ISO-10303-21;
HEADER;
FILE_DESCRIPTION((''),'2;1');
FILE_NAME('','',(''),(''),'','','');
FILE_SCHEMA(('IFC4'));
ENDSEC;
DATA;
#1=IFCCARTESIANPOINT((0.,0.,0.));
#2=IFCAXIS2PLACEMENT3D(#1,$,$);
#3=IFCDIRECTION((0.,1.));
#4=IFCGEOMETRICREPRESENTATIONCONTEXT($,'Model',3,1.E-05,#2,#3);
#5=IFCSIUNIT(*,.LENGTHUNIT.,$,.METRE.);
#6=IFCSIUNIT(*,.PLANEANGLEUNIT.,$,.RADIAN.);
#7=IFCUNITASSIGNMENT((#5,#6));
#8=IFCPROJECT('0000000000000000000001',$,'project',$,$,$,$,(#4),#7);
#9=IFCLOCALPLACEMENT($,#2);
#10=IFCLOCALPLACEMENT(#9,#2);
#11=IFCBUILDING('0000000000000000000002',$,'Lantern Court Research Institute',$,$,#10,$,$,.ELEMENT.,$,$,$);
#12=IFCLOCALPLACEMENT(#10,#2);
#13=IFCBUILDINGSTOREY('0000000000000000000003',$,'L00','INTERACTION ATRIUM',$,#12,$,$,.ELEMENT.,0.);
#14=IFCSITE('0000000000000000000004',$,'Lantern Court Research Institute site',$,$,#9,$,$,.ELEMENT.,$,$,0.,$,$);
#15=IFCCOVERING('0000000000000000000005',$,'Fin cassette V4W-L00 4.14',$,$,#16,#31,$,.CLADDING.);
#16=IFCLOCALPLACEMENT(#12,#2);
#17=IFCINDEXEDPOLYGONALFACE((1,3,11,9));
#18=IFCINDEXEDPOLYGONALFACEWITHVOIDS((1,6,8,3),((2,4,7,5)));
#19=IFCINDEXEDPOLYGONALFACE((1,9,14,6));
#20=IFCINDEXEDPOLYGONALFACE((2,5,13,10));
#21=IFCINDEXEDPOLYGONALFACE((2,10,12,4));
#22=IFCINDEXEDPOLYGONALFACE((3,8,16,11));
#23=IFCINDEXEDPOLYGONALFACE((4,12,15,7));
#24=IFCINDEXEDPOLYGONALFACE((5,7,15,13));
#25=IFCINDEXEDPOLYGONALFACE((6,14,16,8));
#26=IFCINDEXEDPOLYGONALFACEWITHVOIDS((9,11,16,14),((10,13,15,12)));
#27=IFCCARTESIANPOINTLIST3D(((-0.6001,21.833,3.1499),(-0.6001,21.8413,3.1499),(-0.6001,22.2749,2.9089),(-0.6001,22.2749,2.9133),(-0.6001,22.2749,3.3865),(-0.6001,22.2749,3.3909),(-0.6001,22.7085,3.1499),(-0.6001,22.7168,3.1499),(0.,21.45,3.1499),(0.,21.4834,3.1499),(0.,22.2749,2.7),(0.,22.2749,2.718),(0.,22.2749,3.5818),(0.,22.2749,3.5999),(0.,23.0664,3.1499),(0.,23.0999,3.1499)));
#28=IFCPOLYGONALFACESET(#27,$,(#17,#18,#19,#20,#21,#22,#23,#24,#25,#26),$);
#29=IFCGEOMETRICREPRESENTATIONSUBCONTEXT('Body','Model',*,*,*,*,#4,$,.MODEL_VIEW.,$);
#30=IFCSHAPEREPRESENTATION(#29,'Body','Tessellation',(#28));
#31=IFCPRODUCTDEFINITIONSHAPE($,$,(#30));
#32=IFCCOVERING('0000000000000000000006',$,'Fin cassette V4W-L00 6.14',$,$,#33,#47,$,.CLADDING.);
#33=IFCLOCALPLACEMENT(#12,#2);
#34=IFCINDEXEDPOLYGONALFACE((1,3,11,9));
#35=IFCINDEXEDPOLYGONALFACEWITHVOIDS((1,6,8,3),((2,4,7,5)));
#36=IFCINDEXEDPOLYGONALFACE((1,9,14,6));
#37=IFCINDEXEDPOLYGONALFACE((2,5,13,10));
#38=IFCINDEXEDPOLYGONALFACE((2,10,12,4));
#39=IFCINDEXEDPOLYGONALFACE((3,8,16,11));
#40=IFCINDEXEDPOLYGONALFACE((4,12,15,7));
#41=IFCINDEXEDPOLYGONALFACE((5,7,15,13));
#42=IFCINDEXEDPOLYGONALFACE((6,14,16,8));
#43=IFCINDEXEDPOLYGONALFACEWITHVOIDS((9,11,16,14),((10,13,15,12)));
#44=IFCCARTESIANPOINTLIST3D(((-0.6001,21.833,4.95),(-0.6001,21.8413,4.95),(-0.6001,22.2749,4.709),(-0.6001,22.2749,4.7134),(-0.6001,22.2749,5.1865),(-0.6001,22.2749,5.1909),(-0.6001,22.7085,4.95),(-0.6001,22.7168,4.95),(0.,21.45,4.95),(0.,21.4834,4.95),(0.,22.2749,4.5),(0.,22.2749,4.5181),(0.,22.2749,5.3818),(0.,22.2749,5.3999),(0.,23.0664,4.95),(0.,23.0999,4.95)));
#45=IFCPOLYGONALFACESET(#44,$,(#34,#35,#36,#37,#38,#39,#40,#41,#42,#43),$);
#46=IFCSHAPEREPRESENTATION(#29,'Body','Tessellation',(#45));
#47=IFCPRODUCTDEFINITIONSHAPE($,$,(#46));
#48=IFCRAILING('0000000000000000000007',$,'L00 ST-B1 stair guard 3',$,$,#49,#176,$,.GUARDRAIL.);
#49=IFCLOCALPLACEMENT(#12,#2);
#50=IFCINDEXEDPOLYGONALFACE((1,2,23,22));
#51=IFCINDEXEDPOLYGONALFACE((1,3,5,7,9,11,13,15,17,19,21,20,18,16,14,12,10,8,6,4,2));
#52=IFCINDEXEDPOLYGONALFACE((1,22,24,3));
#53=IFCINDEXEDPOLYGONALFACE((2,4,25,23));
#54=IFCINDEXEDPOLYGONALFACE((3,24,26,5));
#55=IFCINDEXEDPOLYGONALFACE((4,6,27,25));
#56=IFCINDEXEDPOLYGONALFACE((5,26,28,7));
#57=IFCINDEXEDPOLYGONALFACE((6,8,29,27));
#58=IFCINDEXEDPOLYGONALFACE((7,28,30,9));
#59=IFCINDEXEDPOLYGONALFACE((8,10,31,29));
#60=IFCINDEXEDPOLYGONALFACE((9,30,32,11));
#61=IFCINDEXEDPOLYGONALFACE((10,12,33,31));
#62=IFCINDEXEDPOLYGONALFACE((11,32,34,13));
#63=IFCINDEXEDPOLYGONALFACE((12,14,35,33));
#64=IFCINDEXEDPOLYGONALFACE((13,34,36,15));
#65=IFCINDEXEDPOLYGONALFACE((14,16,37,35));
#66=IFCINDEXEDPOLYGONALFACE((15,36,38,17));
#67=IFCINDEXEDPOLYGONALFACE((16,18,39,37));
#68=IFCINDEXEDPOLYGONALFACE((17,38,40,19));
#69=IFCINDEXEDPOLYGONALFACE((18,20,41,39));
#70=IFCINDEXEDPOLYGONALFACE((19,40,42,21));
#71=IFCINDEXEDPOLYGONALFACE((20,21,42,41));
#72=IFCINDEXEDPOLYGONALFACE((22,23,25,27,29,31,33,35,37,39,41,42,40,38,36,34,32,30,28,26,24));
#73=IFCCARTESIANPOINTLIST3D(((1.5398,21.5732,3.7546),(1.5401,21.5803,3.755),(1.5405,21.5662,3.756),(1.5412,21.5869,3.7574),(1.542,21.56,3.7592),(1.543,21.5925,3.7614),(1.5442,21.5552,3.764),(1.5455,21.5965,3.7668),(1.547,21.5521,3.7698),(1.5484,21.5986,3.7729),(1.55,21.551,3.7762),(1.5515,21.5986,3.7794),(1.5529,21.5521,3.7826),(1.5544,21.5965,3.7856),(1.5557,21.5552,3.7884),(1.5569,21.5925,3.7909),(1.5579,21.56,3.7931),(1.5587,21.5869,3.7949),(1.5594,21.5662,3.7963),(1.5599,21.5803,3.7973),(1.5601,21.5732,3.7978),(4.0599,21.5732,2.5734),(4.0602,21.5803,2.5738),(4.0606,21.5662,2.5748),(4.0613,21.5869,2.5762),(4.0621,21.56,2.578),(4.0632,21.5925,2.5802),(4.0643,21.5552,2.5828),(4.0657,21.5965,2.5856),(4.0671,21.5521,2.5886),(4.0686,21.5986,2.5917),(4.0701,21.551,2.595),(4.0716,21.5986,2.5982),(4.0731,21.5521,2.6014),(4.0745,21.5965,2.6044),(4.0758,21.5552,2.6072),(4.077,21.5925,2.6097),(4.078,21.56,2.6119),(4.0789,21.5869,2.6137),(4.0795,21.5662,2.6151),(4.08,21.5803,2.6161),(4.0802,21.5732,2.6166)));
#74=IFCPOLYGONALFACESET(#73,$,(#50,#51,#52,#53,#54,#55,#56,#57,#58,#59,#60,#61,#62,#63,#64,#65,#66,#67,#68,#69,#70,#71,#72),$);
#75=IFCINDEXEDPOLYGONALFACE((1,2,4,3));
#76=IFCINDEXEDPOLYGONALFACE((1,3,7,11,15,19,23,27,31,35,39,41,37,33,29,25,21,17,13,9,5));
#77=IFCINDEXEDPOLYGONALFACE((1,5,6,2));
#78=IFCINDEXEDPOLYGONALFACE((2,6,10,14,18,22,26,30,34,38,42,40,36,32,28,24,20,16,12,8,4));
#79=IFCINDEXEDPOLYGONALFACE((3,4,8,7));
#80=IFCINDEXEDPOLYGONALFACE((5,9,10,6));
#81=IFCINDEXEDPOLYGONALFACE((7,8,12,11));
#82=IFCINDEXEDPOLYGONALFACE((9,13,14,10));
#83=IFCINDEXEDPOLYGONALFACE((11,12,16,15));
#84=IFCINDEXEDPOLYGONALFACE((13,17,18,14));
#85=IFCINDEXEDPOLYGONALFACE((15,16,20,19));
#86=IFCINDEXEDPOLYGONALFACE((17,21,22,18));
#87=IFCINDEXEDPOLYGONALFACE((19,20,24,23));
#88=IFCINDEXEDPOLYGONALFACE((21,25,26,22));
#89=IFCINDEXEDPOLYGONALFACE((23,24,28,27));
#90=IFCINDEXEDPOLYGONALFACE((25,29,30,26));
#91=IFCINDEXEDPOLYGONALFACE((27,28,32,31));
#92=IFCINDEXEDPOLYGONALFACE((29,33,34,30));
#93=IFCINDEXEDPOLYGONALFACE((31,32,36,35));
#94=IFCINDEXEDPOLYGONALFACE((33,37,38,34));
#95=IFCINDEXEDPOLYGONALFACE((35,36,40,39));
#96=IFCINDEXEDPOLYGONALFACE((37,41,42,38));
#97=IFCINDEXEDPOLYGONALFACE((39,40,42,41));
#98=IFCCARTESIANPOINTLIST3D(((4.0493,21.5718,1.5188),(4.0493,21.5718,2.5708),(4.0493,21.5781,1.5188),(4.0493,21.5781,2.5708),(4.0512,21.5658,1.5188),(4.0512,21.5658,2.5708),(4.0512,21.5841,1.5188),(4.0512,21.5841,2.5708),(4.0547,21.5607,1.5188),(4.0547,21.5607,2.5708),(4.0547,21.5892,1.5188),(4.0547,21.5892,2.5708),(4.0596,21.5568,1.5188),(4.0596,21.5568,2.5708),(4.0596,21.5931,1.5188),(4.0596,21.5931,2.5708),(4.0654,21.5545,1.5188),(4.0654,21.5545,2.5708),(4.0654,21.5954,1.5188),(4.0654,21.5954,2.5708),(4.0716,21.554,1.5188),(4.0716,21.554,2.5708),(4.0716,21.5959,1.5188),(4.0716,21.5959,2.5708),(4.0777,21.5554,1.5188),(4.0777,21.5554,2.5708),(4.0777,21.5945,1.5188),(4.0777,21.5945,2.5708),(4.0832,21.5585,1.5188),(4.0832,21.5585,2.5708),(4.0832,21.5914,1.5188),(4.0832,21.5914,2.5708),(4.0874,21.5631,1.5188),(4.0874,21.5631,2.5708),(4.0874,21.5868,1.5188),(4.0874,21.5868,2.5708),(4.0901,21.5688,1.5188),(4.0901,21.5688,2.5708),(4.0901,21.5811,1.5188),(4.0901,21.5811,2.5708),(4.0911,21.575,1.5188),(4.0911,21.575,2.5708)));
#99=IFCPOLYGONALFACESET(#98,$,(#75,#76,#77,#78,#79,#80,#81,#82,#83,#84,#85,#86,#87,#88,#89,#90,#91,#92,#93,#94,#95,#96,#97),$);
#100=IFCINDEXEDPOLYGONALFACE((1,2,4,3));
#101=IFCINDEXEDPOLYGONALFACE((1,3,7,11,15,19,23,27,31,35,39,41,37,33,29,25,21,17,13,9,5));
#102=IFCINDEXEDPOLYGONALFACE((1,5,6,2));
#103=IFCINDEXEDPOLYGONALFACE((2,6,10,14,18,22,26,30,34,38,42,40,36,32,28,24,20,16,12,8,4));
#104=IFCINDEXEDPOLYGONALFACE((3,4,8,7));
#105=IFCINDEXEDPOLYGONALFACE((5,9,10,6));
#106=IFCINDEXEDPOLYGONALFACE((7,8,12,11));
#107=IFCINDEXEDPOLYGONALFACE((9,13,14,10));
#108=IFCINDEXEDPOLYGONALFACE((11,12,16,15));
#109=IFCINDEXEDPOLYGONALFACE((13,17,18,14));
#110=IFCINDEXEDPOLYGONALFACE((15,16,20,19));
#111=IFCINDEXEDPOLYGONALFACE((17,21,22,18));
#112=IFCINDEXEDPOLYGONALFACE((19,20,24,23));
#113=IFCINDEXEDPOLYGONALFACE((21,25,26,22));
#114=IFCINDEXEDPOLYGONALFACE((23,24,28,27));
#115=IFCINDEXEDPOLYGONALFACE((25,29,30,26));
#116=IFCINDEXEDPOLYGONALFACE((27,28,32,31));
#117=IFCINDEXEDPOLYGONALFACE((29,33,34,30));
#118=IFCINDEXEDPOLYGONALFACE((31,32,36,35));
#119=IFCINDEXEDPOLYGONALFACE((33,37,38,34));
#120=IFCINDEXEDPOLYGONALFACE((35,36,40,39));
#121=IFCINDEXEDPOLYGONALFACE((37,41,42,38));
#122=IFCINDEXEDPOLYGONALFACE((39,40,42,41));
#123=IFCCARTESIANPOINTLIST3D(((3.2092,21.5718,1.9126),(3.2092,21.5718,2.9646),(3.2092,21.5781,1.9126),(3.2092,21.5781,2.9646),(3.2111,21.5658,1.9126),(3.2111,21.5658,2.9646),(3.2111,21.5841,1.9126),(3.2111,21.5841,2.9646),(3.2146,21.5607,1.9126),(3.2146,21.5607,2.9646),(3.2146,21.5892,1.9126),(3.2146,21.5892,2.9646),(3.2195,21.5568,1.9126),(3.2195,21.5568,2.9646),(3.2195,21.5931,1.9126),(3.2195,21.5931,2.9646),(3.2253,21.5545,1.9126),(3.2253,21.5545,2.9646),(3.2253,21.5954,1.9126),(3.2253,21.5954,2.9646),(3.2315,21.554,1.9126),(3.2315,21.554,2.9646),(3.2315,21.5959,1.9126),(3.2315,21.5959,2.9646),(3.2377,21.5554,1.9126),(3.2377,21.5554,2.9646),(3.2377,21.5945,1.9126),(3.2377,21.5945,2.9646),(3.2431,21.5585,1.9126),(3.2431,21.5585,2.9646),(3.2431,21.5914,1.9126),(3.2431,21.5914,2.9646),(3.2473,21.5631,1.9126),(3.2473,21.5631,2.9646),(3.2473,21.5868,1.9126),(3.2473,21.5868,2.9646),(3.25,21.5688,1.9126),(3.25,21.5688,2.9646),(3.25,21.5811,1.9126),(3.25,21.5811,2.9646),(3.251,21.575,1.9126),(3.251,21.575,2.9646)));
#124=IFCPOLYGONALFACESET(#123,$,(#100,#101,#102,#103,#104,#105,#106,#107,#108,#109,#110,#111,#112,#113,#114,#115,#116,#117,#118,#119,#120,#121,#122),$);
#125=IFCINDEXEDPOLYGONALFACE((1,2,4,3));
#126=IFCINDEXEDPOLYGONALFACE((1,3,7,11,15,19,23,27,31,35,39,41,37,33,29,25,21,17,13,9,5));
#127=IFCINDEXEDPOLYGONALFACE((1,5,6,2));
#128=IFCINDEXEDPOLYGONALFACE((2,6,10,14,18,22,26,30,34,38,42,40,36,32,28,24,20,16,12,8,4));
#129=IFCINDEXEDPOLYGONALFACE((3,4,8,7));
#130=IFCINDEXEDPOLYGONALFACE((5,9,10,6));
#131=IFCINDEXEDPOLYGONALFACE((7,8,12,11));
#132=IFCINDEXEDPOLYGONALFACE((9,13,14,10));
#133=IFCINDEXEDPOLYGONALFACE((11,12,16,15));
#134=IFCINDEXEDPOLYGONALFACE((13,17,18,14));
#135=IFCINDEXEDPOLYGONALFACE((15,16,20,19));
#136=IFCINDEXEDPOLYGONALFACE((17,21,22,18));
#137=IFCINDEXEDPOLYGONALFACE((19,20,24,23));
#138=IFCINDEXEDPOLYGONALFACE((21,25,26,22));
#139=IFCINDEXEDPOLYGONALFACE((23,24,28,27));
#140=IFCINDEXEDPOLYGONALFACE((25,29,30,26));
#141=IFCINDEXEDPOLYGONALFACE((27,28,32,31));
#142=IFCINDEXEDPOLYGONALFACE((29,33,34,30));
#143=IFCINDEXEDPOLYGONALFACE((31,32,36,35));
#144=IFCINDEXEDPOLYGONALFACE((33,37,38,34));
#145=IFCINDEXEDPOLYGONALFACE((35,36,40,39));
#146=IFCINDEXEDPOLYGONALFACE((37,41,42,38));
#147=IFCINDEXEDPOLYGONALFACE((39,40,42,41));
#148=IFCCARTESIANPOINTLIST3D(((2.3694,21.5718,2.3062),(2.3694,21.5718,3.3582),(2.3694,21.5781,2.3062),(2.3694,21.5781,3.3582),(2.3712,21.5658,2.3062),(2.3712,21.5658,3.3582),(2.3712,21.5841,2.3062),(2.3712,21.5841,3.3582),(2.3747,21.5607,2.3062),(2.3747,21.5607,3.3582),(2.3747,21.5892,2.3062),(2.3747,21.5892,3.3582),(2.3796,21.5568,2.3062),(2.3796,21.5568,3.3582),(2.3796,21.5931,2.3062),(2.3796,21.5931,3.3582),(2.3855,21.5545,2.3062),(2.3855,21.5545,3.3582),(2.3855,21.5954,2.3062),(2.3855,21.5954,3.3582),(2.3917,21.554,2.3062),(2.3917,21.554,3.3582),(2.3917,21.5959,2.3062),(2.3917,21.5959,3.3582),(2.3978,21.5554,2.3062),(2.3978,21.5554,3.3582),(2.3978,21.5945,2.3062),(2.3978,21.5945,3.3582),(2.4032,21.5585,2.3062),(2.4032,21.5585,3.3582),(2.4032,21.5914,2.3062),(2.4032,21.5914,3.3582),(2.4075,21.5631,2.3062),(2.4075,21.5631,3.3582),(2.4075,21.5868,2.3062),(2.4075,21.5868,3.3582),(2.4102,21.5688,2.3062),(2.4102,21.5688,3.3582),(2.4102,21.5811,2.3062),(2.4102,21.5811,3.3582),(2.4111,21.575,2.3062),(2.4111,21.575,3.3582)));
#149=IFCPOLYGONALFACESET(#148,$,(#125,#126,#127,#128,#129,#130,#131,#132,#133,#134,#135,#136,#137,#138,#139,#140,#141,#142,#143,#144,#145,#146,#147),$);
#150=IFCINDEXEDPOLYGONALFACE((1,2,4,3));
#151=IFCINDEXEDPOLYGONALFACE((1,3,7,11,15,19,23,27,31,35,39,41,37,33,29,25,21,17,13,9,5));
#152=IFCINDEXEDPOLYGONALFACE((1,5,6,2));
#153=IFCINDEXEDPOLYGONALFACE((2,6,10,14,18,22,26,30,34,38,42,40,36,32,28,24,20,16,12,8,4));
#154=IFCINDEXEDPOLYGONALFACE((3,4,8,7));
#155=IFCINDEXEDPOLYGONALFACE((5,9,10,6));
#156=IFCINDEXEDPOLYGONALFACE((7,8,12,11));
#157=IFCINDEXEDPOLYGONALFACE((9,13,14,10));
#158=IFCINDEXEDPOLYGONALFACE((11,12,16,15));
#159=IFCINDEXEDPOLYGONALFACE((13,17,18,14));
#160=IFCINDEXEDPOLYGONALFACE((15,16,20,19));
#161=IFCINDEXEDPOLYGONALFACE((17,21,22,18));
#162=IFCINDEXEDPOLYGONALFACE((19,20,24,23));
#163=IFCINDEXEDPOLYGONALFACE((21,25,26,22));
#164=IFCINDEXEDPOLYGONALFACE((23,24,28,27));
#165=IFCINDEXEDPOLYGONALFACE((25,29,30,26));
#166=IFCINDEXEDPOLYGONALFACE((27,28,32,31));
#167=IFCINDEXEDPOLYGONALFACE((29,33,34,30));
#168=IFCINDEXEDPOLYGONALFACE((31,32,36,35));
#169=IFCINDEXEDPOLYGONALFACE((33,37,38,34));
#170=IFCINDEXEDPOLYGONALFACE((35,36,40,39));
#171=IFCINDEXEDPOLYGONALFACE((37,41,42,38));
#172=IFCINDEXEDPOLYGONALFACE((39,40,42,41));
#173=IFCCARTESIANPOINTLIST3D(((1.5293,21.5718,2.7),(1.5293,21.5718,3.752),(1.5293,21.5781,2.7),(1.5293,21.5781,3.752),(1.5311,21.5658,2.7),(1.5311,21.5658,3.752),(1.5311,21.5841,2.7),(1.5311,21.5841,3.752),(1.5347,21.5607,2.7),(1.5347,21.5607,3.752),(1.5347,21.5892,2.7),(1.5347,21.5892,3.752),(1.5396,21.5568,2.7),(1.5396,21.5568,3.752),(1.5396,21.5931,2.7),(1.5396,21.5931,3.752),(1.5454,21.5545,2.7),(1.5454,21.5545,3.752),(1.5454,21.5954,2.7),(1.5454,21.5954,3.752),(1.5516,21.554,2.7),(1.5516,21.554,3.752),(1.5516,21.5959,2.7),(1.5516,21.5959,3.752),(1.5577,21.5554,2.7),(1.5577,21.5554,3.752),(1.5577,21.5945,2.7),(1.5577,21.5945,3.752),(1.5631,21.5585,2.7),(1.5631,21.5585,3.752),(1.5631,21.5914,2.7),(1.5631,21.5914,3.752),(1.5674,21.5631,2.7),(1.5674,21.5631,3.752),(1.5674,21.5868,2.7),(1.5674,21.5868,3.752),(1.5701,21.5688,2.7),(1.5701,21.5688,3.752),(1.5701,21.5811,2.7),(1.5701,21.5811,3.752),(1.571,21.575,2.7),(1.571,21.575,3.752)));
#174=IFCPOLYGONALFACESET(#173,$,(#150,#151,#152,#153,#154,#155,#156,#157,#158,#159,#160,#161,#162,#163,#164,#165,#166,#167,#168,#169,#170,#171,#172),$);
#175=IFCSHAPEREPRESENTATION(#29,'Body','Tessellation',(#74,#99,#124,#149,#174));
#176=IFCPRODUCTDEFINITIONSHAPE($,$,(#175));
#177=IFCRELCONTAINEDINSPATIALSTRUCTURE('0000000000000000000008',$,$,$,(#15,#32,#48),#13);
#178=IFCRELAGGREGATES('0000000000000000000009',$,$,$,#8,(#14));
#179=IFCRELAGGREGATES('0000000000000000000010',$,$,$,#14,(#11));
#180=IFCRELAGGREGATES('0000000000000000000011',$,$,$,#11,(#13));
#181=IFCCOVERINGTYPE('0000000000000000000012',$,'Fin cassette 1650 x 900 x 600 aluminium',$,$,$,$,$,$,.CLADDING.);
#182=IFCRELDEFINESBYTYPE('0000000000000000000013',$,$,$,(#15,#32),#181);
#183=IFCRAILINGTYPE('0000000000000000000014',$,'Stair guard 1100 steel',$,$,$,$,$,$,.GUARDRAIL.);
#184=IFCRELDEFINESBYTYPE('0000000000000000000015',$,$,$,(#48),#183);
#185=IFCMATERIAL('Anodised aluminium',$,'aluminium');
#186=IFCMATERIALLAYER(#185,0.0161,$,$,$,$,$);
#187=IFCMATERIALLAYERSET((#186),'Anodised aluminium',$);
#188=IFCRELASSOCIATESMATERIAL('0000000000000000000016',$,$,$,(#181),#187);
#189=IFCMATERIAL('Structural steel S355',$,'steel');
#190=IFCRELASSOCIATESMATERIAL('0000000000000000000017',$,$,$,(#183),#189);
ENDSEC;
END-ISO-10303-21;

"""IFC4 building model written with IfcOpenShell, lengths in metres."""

from ifc_helpers import new_model, entity, si_unit, direction, frame, origin, origin_2d, place, context, subcontext, project, spatial, circle, extrude, material, layer, layer_set, type_object, element, save


model = new_model("IFC4")

# Units and contexts
model_context = context("Model", 3, precision=1e-05, world=origin(), true_north=direction((0.0, 1.0)))
body_context = subcontext(model_context, "Body", "Model", "MODEL_VIEW")
ifc_project = project(units=[si_unit("LENGTHUNIT", "METRE"), si_unit("PLANEANGLEUNIT", "RADIAN")], contexts=[model_context])

# Site, building, storey
site_placement = place(None, origin())
site = spatial("IfcSite", under=ifc_project, at=site_placement, Name="Lantern Court Research Institute site", CompositionType="ELEMENT", RefElevation=0.0)
building_placement = place(site_placement, origin())
building = spatial("IfcBuilding", under=site, at=building_placement, Name="Lantern Court Research Institute", CompositionType="ELEMENT")
storey_placement = place(building_placement, origin())
storey = spatial("IfcBuildingStorey", under=building, at=storey_placement, Name="L00", Description="INTERACTION ATRIUM", CompositionType="ELEMENT", Elevation=0.0)

# Coverings
ifc_material_1 = material(Name="Anodised aluminium", Category="aluminium")
ifc_layer_1 = layer(ifc_material_1, 0.0161)
ifc_layer_set_1 = layer_set([ifc_layer_1], Name="Anodised aluminium")
covering_type = type_object("IfcCoveringType", Name="Fin cassette 1650 x 900 x 600 aluminium", PredefinedType="CLADDING", material=ifc_layer_set_1)
covering_1_placement = place(storey_placement, frame((0.0, 22.2749, 3.1499), z_axis=(-1.0, 0.0, 0.0), x_axis=(0.0, -1.0, 0.0)))
cartesian_point_1 = entity("IfcCartesianPoint", [0.825, 0.0])
cartesian_point_2 = entity("IfcCartesianPoint", [0.7915, 0.0])
cartesian_point_3 = entity("IfcCartesianPoint", [0.4419, 0.0])
cartesian_point_4 = entity("IfcCartesianPoint", [0.4336, 0.0])
element("IfcCovering", 1, at=covering_1_placement, inside=storey, type_object=covering_type, Name="Fin cassette V4W-L00 4.14", PredefinedType="CLADDING", context=body_context, shape_type="SweptSolid", body=[
    entity("IfcExtrudedAreaSolidTapered", entity("IfcArbitraryProfileDefWithVoids", "AREA", None, entity("IfcPolyline", [cartesian_point_1, entity("IfcCartesianPoint", [0.0, 0.45]), entity("IfcCartesianPoint", [-0.825, 0.0]), entity("IfcCartesianPoint", [0.0, -0.45]), cartesian_point_1]), [entity("IfcPolyline", [cartesian_point_2, entity("IfcCartesianPoint", [0.0, 0.4319]), entity("IfcCartesianPoint", [-0.7915, 0.0]), entity("IfcCartesianPoint", [0.0, -0.4319]), cartesian_point_2])]), entity("IfcAxis2Placement3D", entity("IfcCartesianPoint", [0.0, 0.0, 0.0])), entity("IfcDirection", [0.0, 0.0, 1.0]), 0.6001, entity("IfcArbitraryProfileDefWithVoids", "AREA", None, entity("IfcPolyline", [cartesian_point_3, entity("IfcCartesianPoint", [0.0, 0.241]), entity("IfcCartesianPoint", [-0.4419, 0.0]), entity("IfcCartesianPoint", [0.0, -0.241]), cartesian_point_3]), [entity("IfcPolyline", [cartesian_point_4, entity("IfcCartesianPoint", [0.0, 0.2366]), entity("IfcCartesianPoint", [-0.4336, 0.0]), entity("IfcCartesianPoint", [0.0, -0.2366]), cartesian_point_4])])),
])
covering_2_placement = place(storey_placement, frame((0.0, 22.2749, 4.95), z_axis=(-1.0, 0.0, 0.0), x_axis=(0.0, -1.0, 0.0)))
cartesian_point_5 = entity("IfcCartesianPoint", [0.825, 0.0])
cartesian_point_6 = entity("IfcCartesianPoint", [0.7915, 0.0])
cartesian_point_7 = entity("IfcCartesianPoint", [0.4419, 0.0])
cartesian_point_8 = entity("IfcCartesianPoint", [0.4336, 0.0])
element("IfcCovering", 2, at=covering_2_placement, inside=storey, type_object=covering_type, Name="Fin cassette V4W-L00 6.14", PredefinedType="CLADDING", context=body_context, shape_type="SweptSolid", body=[
    entity("IfcExtrudedAreaSolidTapered", entity("IfcArbitraryProfileDefWithVoids", "AREA", None, entity("IfcPolyline", [cartesian_point_5, entity("IfcCartesianPoint", [0.0, 0.45]), entity("IfcCartesianPoint", [-0.825, 0.0]), entity("IfcCartesianPoint", [0.0, -0.45]), cartesian_point_5]), [entity("IfcPolyline", [cartesian_point_6, entity("IfcCartesianPoint", [0.0, 0.4319]), entity("IfcCartesianPoint", [-0.7915, 0.0]), entity("IfcCartesianPoint", [0.0, -0.4319]), cartesian_point_6])]), entity("IfcAxis2Placement3D", entity("IfcCartesianPoint", [0.0, 0.0, 0.0])), entity("IfcDirection", [0.0, 0.0, 1.0]), 0.6001, entity("IfcArbitraryProfileDefWithVoids", "AREA", None, entity("IfcPolyline", [cartesian_point_7, entity("IfcCartesianPoint", [0.0, 0.241]), entity("IfcCartesianPoint", [-0.4419, 0.0]), entity("IfcCartesianPoint", [0.0, -0.241]), cartesian_point_7]), [entity("IfcPolyline", [cartesian_point_8, entity("IfcCartesianPoint", [0.0, 0.2366]), entity("IfcCartesianPoint", [-0.4336, 0.0]), entity("IfcCartesianPoint", [0.0, -0.2366]), cartesian_point_8])])),
])

# Railing
ifc_material_2 = material(Name="Structural steel S355", Category="steel")
railing_type = type_object("IfcRailingType", Name="Stair guard 1100 steel", PredefinedType="GUARDRAIL", material=ifc_material_2)
for number, where, name in (
    (3, (4.0701, 21.575, 1.5188), "L00 ST-B1 stair guard 3"),
):
    element("IfcRailing", number, at=place(storey_placement, frame(where)), inside=storey, type_object=railing_type, Name=name, PredefinedType="GUARDRAIL", context=body_context, shape_type="SweptSolid", body=[
        extrude(circle(Radius=0.0239, at=origin_2d()), frame((0.0, 0.0, 1.0762), z_axis=(-0.905474, 0.0, 0.424402), x_axis=(0.0, -1.0, 0.0)), (0.0, 0.0, 1.0), 2.7832),
        extrude(circle(Radius=0.021, at=origin_2d()), origin(), (0.0, 0.0, 1.0), 1.052),
        extrude(circle(Radius=0.021, at=origin_2d()), frame((-0.8401, 0.0, 0.3938)), (0.0, 0.0, 1.0), 1.052),
        extrude(circle(Radius=0.021, at=origin_2d()), frame((-1.6799, 0.0, 0.7874)), (0.0, 0.0, 1.0), 1.052),
        extrude(circle(Radius=0.021, at=origin_2d()), frame((-2.52, 0.0, 1.1812)), (0.0, 0.0, 1.0), 1.052),
    ])

save(model, "model.ifc")
